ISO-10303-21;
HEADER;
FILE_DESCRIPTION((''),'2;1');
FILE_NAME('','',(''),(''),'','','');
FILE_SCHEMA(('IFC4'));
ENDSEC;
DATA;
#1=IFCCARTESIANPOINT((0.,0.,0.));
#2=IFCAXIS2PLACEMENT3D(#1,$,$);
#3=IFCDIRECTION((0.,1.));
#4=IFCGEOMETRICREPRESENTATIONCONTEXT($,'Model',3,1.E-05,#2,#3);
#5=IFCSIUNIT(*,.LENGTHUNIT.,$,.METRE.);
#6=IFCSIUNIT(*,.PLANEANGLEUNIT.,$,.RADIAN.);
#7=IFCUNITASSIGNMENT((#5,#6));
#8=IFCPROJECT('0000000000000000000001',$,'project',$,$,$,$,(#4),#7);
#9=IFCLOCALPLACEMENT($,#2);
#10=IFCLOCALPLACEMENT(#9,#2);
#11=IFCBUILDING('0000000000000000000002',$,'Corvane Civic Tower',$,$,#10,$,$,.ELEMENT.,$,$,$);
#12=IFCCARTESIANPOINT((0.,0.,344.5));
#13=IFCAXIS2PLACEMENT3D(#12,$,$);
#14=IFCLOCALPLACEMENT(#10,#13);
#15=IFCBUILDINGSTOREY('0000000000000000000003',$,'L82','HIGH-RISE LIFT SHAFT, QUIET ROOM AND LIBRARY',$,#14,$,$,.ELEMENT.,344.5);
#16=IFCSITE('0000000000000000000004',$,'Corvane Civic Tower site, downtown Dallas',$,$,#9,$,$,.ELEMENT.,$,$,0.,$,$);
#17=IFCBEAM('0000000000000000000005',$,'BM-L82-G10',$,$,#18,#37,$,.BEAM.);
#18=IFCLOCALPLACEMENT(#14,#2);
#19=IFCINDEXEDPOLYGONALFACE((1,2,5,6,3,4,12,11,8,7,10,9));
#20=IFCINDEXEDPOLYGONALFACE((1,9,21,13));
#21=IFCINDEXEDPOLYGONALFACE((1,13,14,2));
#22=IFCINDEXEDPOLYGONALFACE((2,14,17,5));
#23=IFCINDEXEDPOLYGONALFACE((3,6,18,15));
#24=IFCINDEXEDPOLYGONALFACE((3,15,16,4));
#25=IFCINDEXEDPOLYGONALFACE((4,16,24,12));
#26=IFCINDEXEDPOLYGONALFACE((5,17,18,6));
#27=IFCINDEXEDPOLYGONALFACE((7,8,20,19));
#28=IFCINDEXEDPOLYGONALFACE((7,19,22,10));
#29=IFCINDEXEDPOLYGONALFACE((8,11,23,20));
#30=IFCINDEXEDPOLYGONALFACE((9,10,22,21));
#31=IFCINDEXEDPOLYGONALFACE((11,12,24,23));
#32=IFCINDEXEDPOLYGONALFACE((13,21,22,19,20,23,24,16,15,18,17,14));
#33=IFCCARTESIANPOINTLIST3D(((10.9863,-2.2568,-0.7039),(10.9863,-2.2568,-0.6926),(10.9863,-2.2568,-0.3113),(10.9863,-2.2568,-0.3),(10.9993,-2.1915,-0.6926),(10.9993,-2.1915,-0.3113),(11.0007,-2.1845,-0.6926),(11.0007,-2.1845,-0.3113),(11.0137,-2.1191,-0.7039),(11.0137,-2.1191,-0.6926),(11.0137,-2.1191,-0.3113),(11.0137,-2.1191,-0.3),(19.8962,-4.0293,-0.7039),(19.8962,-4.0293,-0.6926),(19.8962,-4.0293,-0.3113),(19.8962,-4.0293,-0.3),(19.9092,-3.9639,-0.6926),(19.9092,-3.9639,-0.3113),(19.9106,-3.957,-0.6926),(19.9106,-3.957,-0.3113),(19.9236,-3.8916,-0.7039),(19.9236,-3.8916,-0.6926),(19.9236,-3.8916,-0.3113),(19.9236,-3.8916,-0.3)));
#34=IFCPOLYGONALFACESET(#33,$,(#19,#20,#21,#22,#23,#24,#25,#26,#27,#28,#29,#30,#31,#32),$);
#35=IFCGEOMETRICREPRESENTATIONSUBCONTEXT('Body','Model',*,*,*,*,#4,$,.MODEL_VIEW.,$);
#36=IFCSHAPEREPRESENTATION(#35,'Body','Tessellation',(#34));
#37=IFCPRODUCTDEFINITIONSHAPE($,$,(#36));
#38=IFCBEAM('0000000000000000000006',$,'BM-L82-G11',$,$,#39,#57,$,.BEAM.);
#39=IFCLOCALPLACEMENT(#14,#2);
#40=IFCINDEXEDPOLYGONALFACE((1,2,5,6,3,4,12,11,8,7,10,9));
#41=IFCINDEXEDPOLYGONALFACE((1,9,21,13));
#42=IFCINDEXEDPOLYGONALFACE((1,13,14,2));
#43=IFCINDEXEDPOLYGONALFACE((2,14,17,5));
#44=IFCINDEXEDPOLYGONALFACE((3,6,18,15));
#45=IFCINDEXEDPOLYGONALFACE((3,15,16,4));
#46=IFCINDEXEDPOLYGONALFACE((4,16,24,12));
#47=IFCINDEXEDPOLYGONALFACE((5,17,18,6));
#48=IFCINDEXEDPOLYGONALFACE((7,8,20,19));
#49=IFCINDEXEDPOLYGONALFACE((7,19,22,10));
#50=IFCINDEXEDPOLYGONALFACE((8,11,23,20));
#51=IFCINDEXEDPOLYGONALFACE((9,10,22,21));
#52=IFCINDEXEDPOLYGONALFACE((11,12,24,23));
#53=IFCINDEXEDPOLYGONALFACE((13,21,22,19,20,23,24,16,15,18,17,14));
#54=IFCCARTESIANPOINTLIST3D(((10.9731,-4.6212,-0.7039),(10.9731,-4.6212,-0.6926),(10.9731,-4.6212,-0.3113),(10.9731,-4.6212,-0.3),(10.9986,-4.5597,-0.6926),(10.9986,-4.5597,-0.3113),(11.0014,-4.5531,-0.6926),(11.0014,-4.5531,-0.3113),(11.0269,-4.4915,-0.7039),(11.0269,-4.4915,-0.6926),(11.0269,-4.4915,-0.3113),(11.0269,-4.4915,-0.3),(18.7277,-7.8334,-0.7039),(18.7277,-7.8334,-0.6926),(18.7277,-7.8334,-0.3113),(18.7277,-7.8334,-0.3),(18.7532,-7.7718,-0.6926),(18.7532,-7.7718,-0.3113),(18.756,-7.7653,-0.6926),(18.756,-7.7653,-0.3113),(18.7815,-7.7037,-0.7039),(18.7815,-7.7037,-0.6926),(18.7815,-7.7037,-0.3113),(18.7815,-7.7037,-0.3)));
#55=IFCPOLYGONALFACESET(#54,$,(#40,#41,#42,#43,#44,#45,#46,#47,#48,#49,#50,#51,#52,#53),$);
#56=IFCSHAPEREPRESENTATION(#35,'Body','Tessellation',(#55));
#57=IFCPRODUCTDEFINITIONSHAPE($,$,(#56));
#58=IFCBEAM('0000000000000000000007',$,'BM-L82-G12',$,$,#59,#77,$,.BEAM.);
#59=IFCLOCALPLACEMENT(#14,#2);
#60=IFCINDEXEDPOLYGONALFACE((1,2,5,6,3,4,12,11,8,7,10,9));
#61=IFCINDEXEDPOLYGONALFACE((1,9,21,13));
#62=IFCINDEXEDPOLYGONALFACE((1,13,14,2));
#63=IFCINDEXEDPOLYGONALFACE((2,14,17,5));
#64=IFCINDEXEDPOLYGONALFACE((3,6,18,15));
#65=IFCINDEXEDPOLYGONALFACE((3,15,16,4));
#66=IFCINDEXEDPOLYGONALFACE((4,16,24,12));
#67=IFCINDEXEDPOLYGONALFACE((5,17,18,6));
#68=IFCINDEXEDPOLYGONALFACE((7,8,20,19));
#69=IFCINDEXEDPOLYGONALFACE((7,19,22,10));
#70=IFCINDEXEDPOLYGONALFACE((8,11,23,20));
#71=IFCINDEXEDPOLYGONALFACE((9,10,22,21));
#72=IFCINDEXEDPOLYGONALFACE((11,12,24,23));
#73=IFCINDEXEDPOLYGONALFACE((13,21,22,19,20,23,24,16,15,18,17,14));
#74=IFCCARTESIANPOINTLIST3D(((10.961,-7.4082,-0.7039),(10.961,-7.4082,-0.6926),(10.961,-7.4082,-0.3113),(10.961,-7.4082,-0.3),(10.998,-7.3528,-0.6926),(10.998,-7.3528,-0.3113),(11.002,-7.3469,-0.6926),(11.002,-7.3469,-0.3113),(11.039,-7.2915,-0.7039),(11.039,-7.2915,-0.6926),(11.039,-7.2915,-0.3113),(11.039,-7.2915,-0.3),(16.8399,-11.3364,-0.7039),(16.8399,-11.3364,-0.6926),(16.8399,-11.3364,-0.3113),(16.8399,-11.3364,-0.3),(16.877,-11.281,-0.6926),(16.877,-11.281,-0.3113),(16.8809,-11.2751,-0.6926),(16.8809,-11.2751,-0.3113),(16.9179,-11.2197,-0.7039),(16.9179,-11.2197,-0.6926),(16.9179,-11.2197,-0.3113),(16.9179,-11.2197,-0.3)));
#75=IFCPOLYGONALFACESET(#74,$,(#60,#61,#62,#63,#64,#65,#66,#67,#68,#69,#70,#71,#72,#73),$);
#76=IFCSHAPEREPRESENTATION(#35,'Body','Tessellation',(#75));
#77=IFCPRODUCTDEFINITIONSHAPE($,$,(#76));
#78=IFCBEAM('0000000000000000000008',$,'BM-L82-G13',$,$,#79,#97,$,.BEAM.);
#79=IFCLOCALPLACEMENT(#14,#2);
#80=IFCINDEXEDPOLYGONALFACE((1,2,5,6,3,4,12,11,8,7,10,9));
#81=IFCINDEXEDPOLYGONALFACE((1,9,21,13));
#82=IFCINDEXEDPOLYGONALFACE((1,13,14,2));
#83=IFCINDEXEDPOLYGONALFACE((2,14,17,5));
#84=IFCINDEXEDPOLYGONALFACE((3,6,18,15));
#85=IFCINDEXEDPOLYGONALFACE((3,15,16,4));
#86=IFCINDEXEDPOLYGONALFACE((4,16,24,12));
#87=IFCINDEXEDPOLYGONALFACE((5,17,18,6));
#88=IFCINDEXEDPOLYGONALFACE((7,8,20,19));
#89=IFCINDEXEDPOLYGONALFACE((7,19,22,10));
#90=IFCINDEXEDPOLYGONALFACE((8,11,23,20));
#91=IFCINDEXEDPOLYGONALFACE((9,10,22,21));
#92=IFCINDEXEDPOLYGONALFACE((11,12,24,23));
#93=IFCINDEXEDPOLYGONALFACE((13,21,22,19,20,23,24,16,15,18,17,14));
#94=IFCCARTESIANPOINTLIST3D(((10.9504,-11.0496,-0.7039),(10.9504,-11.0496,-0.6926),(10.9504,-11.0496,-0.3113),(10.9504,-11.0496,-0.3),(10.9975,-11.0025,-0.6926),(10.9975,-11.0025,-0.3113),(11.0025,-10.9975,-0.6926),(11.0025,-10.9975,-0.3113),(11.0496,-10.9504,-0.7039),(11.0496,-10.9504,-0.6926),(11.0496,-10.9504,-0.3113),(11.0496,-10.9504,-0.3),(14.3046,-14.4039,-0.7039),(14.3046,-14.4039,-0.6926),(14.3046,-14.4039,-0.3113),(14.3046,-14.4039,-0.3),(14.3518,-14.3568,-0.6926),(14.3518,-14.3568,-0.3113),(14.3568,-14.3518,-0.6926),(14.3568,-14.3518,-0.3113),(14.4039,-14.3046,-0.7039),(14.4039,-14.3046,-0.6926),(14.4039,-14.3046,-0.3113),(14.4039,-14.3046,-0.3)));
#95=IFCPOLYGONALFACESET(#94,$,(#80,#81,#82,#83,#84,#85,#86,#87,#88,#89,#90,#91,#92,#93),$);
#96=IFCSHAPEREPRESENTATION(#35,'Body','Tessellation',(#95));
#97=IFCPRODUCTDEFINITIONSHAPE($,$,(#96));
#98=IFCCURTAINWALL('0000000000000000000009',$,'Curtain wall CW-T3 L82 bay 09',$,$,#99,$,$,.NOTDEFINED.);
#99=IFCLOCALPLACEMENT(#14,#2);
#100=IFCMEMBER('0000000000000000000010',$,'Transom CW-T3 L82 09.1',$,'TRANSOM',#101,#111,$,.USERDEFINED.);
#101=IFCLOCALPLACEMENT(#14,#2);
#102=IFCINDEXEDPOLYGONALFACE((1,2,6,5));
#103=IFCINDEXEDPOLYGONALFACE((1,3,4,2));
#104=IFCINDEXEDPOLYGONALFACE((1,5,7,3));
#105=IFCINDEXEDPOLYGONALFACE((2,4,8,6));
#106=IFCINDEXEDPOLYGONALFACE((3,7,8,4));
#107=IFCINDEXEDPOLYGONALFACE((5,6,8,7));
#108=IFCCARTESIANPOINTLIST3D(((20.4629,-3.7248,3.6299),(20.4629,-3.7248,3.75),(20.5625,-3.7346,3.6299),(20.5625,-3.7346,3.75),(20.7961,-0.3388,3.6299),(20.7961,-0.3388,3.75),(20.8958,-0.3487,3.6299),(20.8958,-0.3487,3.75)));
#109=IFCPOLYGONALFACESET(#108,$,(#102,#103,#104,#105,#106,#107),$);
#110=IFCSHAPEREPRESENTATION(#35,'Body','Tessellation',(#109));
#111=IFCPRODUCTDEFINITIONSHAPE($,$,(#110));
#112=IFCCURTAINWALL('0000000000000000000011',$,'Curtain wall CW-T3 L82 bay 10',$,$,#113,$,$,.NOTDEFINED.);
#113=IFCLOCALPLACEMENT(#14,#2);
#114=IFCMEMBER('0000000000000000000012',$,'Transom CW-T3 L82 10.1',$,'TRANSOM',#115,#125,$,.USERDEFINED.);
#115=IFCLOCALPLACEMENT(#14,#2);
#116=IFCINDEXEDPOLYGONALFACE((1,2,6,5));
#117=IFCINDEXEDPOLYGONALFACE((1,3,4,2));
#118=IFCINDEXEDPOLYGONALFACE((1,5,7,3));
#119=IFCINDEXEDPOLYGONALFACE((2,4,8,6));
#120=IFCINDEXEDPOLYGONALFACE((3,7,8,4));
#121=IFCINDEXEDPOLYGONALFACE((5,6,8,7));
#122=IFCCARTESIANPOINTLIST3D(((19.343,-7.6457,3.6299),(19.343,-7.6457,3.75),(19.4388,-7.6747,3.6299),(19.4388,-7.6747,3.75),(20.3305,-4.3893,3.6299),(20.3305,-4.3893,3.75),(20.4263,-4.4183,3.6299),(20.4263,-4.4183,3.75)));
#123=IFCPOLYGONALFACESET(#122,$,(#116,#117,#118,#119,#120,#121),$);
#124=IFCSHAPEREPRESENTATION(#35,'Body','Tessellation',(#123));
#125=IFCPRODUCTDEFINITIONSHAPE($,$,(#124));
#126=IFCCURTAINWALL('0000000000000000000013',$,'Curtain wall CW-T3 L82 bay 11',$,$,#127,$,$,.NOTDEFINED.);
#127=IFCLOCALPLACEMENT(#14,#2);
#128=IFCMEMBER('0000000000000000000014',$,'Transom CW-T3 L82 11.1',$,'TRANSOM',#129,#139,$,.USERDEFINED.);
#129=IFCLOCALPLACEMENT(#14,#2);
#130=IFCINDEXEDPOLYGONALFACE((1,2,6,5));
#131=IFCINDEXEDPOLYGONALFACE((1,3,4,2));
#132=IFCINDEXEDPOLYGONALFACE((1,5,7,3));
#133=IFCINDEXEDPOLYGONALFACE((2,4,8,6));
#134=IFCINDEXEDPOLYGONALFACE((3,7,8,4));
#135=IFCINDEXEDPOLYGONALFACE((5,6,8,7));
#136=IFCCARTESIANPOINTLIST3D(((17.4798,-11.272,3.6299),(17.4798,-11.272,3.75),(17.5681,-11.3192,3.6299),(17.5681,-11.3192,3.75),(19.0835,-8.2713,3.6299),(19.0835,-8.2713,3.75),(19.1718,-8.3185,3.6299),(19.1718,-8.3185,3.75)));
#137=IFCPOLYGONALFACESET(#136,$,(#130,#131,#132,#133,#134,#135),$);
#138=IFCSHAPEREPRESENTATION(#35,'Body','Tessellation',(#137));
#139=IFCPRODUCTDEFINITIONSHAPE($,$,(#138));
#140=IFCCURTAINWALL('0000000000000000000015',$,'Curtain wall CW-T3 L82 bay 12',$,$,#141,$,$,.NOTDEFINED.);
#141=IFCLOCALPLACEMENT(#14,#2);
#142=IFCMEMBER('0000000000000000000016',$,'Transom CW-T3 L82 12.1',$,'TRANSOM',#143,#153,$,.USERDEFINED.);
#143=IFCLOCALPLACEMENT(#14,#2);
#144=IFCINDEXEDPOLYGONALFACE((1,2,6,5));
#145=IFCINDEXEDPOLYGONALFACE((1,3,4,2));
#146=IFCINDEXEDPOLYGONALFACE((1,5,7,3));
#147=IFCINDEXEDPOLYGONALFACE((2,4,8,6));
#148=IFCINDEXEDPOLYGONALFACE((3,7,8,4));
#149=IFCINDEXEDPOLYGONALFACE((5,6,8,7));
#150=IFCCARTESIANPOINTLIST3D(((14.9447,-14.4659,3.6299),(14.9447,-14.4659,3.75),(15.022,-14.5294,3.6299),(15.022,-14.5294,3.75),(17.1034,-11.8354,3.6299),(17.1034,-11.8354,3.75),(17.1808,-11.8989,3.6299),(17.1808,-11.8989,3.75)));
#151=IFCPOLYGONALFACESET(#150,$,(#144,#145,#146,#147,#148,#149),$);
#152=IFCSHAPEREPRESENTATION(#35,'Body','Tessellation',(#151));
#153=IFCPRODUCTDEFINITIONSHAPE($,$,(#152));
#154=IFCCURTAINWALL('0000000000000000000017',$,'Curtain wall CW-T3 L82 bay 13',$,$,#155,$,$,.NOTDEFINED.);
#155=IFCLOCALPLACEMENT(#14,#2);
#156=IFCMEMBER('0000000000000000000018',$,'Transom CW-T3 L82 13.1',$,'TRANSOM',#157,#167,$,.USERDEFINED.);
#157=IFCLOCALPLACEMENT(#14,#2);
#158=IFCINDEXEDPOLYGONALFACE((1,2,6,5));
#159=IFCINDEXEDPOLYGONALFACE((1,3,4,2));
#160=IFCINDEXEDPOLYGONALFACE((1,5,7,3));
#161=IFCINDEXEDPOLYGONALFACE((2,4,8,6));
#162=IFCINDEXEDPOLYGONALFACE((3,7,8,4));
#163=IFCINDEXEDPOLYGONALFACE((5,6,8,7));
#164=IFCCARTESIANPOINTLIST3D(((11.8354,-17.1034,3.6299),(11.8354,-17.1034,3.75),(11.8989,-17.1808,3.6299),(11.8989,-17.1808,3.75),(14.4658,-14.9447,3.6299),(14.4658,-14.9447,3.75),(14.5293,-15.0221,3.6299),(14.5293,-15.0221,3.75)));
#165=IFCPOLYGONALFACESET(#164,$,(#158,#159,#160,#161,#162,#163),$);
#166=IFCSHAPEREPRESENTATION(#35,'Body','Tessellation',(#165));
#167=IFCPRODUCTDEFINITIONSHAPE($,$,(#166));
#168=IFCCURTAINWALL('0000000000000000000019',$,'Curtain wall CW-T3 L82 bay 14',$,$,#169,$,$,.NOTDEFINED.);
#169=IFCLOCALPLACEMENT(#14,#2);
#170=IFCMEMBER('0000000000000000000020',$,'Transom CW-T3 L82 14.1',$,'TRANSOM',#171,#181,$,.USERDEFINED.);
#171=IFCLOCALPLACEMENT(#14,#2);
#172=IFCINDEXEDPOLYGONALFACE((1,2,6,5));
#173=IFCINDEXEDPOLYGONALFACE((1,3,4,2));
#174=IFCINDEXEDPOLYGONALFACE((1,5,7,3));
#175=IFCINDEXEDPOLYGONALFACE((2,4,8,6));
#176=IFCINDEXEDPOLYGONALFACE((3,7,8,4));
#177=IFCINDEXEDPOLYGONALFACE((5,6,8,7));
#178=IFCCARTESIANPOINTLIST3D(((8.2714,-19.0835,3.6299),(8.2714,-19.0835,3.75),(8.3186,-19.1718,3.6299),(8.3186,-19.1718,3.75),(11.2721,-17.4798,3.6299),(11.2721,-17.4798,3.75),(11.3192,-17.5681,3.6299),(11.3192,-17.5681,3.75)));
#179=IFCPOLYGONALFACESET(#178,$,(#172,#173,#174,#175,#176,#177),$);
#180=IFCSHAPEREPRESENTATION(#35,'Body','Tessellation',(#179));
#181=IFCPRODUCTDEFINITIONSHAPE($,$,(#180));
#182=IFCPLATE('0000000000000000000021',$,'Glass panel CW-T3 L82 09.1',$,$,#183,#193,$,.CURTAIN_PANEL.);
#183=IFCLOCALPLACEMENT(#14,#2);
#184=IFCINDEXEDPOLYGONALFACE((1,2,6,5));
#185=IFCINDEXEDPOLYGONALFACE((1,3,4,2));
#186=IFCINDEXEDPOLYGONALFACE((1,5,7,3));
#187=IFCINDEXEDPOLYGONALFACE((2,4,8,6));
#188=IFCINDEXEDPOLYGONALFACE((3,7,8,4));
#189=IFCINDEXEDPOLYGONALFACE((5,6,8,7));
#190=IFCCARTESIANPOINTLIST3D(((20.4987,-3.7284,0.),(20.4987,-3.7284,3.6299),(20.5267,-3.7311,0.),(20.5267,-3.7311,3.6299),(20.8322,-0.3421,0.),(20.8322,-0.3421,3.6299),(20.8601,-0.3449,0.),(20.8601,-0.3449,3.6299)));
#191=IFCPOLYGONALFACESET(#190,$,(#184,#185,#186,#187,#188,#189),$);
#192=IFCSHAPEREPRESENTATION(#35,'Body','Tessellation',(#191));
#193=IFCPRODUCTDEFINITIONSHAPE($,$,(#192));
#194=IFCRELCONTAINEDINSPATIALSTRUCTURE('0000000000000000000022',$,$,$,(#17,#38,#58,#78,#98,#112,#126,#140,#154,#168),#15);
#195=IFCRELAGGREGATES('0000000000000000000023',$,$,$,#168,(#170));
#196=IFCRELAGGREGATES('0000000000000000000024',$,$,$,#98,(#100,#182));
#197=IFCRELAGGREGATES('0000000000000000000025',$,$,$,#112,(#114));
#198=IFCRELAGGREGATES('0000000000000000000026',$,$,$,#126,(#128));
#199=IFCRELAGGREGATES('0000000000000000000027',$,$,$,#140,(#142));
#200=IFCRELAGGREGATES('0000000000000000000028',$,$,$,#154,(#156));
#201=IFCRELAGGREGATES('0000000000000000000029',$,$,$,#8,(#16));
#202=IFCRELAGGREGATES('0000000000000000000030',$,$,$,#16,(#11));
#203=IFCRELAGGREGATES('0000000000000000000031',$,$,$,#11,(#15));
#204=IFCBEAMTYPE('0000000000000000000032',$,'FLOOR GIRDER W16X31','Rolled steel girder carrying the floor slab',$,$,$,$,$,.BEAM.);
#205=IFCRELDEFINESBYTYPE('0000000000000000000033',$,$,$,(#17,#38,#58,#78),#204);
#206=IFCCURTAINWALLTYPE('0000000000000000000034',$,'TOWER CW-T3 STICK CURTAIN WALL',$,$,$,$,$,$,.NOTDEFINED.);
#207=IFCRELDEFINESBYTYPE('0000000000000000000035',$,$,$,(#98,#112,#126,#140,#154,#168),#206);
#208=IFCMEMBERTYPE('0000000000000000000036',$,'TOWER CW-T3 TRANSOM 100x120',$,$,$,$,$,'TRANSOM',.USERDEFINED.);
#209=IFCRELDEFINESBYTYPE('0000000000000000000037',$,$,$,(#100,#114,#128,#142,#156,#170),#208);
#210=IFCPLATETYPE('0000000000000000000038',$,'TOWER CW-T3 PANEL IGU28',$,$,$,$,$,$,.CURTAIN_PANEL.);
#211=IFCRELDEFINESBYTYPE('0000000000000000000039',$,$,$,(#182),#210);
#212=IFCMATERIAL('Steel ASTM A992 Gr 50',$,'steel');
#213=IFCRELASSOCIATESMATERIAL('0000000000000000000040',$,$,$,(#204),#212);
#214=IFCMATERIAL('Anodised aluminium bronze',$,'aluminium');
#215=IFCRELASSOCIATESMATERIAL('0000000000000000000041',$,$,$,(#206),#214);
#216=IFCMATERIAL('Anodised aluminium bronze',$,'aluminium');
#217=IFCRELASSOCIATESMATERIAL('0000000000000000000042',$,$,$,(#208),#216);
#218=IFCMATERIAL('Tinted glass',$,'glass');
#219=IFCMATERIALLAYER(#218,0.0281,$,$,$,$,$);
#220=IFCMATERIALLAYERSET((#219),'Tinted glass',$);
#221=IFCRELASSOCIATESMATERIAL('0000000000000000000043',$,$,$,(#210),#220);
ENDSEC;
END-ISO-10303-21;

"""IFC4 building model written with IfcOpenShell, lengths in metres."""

from ifc_helpers import new_model, si_unit, direction, frame, origin, origin_2d, place, context, subcontext, project, spatial, rectangle, i_section, extrude, material, layer, layer_set, material_profile, profile_set, type_object, element, aggregate, save


model = new_model("IFC4")

# Units and contexts
model_context = context("Model", 3, precision=1e-05, world=origin(), true_north=direction((0.0, 1.0)))
body_context = subcontext(model_context, "Body", "Model", "MODEL_VIEW")
ifc_project = project(units=[si_unit("LENGTHUNIT", "METRE"), si_unit("PLANEANGLEUNIT", "RADIAN")], contexts=[model_context])

# Site, building, storey
site_placement = place(None, origin())
site = spatial("IfcSite", under=ifc_project, at=site_placement, Name="Corvane Civic Tower site, downtown Dallas", CompositionType="ELEMENT", RefElevation=0.0)
building_placement = place(site_placement, origin())
building = spatial("IfcBuilding", under=site, at=building_placement, Name="Corvane Civic Tower", CompositionType="ELEMENT")
storey_placement = place(building_placement, frame((0.0, 0.0, 344.5)))
storey = spatial("IfcBuildingStorey", under=building, at=storey_placement, Name="L82", Description="HIGH-RISE LIFT SHAFT, QUIET ROOM AND LIBRARY", CompositionType="ELEMENT", Elevation=344.5)

# Beams
ifc_material_1 = material(Name="Steel ASTM A992 Gr 50", Category="steel")
ifc_material_profile_1 = material_profile(ifc_material_1, i_section(OverallWidth=0.1404, OverallDepth=0.4038, WebThickness=0.0071, FlangeThickness=0.0112, at=origin_2d()), Name="W16X31")
ifc_profile_set_1 = profile_set([ifc_material_profile_1], Name="Steel ASTM A992 Gr 50")
beam_type_1 = type_object("IfcBeamType", Name="FLOOR GIRDER W16X31", Description="Rolled steel girder carrying the floor slab", PredefinedType="BEAM", material=ifc_profile_set_1)
beam_1_placement = place(storey_placement, frame((11.0, -2.188, -0.502), z_axis=(0.980782, -0.195108, 0.0), x_axis=(0.195108, 0.980782, 0.0)))
element("IfcBeam", 1, at=beam_1_placement, inside=storey, type_object=beam_type_1, Name="BM-L82-G10", PredefinedType="BEAM", context=body_context, shape_type="SweptSolid", body=[
    extrude(i_section(OverallWidth=0.1404, OverallDepth=0.4038, WebThickness=0.0071, FlangeThickness=0.0112, at=origin_2d()), origin(), (0.0, 0.0, 1.0), 9.0845),
])
beam_2_placement = place(storey_placement, frame((11.0, -4.5564, -0.502), z_axis=(0.923876, -0.382692, 0.0), x_axis=(0.382692, 0.923876, 0.0)))
element("IfcBeam", 2, at=beam_2_placement, inside=storey, type_object=beam_type_1, Name="BM-L82-G11", PredefinedType="BEAM", context=body_context, shape_type="SweptSolid", body=[
    extrude(i_section(OverallWidth=0.1404, OverallDepth=0.4038, WebThickness=0.0071, FlangeThickness=0.0112, at=origin_2d()), origin(), (0.0, 0.0, 1.0), 8.3936),
])
beam_3_placement = place(storey_placement, frame((11.0, -7.3499, -0.502), z_axis=(0.831465, -0.555576, 0.0), x_axis=(0.555576, 0.831465, 0.0)))
element("IfcBeam", 3, at=beam_3_placement, inside=storey, type_object=beam_type_1, Name="BM-L82-G12", PredefinedType="BEAM", context=body_context, shape_type="SweptSolid", body=[
    extrude(i_section(OverallWidth=0.1404, OverallDepth=0.4038, WebThickness=0.0071, FlangeThickness=0.0112, at=origin_2d()), origin(), (0.0, 0.0, 1.0), 7.0706),
])
beam_4_placement = place(storey_placement, frame((11.0, -11.0, -0.502), z_axis=(0.707107, -0.707107, 0.0), x_axis=(0.707107, 0.707107, 0.0)))
element("IfcBeam", 4, at=beam_4_placement, inside=storey, type_object=beam_type_1, Name="BM-L82-G13", PredefinedType="BEAM", context=body_context, shape_type="SweptSolid", body=[
    extrude(i_section(OverallWidth=0.1404, OverallDepth=0.4038, WebThickness=0.0071, FlangeThickness=0.0112, at=origin_2d()), origin(), (0.0, 0.0, 1.0), 4.7437),
])

# Curtain walls, members
ifc_material_2 = material(Name="Anodised aluminium bronze", Category="aluminium")
curtain_wall_type = type_object("IfcCurtainWallType", Name="TOWER CW-T3 STICK CURTAIN WALL", PredefinedType="NOTDEFINED", material=ifc_material_2)
curtain_wall_1_placement = place(storey_placement, origin())
curtain_wall_1 = element("IfcCurtainWall", 5, at=curtain_wall_1_placement, inside=storey, type_object=curtain_wall_type, Name="Curtain wall CW-T3 L82 bay 09", PredefinedType="NOTDEFINED")
ifc_material_3 = material(Name="Anodised aluminium bronze", Category="aluminium")
ifc_material_profile_2 = material_profile(ifc_material_3, rectangle(XDim=0.1001, YDim=0.1201, at=origin_2d()), Name="TOWER CW-T3 TRANSOM 100x120")
ifc_profile_set_2 = profile_set([ifc_material_profile_2], Name="Anodised aluminium bronze")
member_type = type_object("IfcMemberType", Name="TOWER CW-T3 TRANSOM 100x120", ElementType="TRANSOM", PredefinedType="USERDEFINED", material=ifc_profile_set_2)
member_1_placement = place(storey_placement, frame((20.8459, -0.3438, 3.6899), z_axis=(-0.097948, -0.995192, 0.0), x_axis=(0.995192, -0.097948, 0.0)))
member_1 = element("IfcMember", 6, at=member_1_placement, type_object=member_type, Name="Transom CW-T3 L82 09.1", ObjectType="TRANSOM", PredefinedType="USERDEFINED", context=body_context, shape_type="SweptSolid", body=[
    extrude(rectangle(XDim=0.1001, YDim=0.1201, at=origin_2d()), origin(), (0.0, 0.0, 1.0), 3.4023),
])
curtain_wall_2_placement = place(storey_placement, origin())
curtain_wall_2 = element("IfcCurtainWall", 7, at=curtain_wall_2_placement, inside=storey, type_object=curtain_wall_type, Name="Curtain wall CW-T3 L82 bay 10", PredefinedType="NOTDEFINED")
member_2_placement = place(storey_placement, frame((20.3784, -4.4038, 3.6899), z_axis=(-0.290216, -0.956961, 0.0), x_axis=(0.956961, -0.290216, 0.0)))
member_2 = element("IfcMember", 8, at=member_2_placement, type_object=member_type, Name="Transom CW-T3 L82 10.1", ObjectType="TRANSOM", PredefinedType="USERDEFINED", context=body_context, shape_type="SweptSolid", body=[
    extrude(rectangle(XDim=0.1001, YDim=0.1201, at=origin_2d()), origin(), (0.0, 0.0, 1.0), 3.4028),
])
curtain_wall_3_placement = place(storey_placement, origin())
curtain_wall_3 = element("IfcCurtainWall", 9, at=curtain_wall_3_placement, inside=storey, type_object=curtain_wall_type, Name="Curtain wall CW-T3 L82 bay 11", PredefinedType="NOTDEFINED")
member_3_placement = place(storey_placement, frame((19.1277, -8.2949, 3.6899), z_axis=(-0.471359, -0.881941, 0.0), x_axis=(0.881941, -0.471359, 0.0)))
member_3 = element("IfcMember", 10, at=member_3_placement, type_object=member_type, Name="Transom CW-T3 L82 11.1", ObjectType="TRANSOM", PredefinedType="USERDEFINED", context=body_context, shape_type="SweptSolid", body=[
    extrude(rectangle(XDim=0.1001, YDim=0.1201, at=origin_2d()), origin(), (0.0, 0.0, 1.0), 3.4023),
])
curtain_wall_4_placement = place(storey_placement, origin())
curtain_wall_4 = element("IfcCurtainWall", 11, at=curtain_wall_4_placement, inside=storey, type_object=curtain_wall_type, Name="Curtain wall CW-T3 L82 bay 12", PredefinedType="NOTDEFINED")
member_4_placement = place(storey_placement, frame((17.1421, -11.8672, 3.6899), z_axis=(-0.634394, -0.77301, 0.0), x_axis=(0.77301, -0.634394, 0.0)))
member_4 = element("IfcMember", 12, at=member_4_placement, type_object=member_type, Name="Transom CW-T3 L82 12.1", ObjectType="TRANSOM", PredefinedType="USERDEFINED", context=body_context, shape_type="SweptSolid", body=[
    extrude(rectangle(XDim=0.1001, YDim=0.1201, at=origin_2d()), origin(), (0.0, 0.0, 1.0), 3.4028),
])
curtain_wall_5_placement = place(storey_placement, origin())
curtain_wall_5 = element("IfcCurtainWall", 13, at=curtain_wall_5_placement, inside=storey, type_object=curtain_wall_type, Name="Curtain wall CW-T3 L82 bay 13", PredefinedType="NOTDEFINED")
member_5_placement = place(storey_placement, frame((14.4976, -14.9834, 3.6899), z_axis=(-0.77301, -0.634394, 0.0), x_axis=(0.634394, -0.77301, 0.0)))
member_5 = element("IfcMember", 14, at=member_5_placement, type_object=member_type, Name="Transom CW-T3 L82 13.1", ObjectType="TRANSOM", PredefinedType="USERDEFINED", context=body_context, shape_type="SweptSolid", body=[
    extrude(rectangle(XDim=0.1001, YDim=0.1201, at=origin_2d()), origin(), (0.0, 0.0, 1.0), 3.4028),
])
curtain_wall_6_placement = place(storey_placement, origin())
curtain_wall_6 = element("IfcCurtainWall", 15, at=curtain_wall_6_placement, inside=storey, type_object=curtain_wall_type, Name="Curtain wall CW-T3 L82 bay 14", PredefinedType="NOTDEFINED")
member_6_placement = place(storey_placement, frame((11.2957, -17.5239, 3.6899), z_axis=(-0.881941, -0.471359, 0.0), x_axis=(0.471359, -0.881941, 0.0)))
member_6 = element("IfcMember", 16, at=member_6_placement, type_object=member_type, Name="Transom CW-T3 L82 14.1", ObjectType="TRANSOM", PredefinedType="USERDEFINED", context=body_context, shape_type="SweptSolid", body=[
    extrude(rectangle(XDim=0.1001, YDim=0.1201, at=origin_2d()), origin(), (0.0, 0.0, 1.0), 3.4023),
])
aggregate(curtain_wall_6, [member_6])

# Plate
ifc_material_4 = material(Name="Tinted glass", Category="glass")
ifc_layer_1 = layer(ifc_material_4, 0.0281)
ifc_layer_set_1 = layer_set([ifc_layer_1], Name="Tinted glass")
plate_type = type_object("IfcPlateType", Name="TOWER CW-T3 PANEL IGU28", PredefinedType="CURTAIN_PANEL", material=ifc_layer_set_1)
plate_1_placement = place(storey_placement, frame((20.6794, -2.0366, 0.0), z_axis=(0.0, 0.0, 1.0), x_axis=(-0.097998, -0.995187, 0.0)))
plate_1 = element("IfcPlate", 17, at=plate_1_placement, type_object=plate_type, Name="Glass panel CW-T3 L82 09.1", PredefinedType="CURTAIN_PANEL", context=body_context, shape_type="SweptSolid", body=[
    extrude(rectangle(XDim=3.4026, YDim=0.0281, at=origin_2d()), origin(), (0.0, 0.0, 1.0), 3.6299),
])
aggregate(curtain_wall_1, [member_1, plate_1])
aggregate(curtain_wall_2, [member_2])
aggregate(curtain_wall_3, [member_3])
aggregate(curtain_wall_4, [member_4])
aggregate(curtain_wall_5, [member_5])

save(model, "model.ifc")
